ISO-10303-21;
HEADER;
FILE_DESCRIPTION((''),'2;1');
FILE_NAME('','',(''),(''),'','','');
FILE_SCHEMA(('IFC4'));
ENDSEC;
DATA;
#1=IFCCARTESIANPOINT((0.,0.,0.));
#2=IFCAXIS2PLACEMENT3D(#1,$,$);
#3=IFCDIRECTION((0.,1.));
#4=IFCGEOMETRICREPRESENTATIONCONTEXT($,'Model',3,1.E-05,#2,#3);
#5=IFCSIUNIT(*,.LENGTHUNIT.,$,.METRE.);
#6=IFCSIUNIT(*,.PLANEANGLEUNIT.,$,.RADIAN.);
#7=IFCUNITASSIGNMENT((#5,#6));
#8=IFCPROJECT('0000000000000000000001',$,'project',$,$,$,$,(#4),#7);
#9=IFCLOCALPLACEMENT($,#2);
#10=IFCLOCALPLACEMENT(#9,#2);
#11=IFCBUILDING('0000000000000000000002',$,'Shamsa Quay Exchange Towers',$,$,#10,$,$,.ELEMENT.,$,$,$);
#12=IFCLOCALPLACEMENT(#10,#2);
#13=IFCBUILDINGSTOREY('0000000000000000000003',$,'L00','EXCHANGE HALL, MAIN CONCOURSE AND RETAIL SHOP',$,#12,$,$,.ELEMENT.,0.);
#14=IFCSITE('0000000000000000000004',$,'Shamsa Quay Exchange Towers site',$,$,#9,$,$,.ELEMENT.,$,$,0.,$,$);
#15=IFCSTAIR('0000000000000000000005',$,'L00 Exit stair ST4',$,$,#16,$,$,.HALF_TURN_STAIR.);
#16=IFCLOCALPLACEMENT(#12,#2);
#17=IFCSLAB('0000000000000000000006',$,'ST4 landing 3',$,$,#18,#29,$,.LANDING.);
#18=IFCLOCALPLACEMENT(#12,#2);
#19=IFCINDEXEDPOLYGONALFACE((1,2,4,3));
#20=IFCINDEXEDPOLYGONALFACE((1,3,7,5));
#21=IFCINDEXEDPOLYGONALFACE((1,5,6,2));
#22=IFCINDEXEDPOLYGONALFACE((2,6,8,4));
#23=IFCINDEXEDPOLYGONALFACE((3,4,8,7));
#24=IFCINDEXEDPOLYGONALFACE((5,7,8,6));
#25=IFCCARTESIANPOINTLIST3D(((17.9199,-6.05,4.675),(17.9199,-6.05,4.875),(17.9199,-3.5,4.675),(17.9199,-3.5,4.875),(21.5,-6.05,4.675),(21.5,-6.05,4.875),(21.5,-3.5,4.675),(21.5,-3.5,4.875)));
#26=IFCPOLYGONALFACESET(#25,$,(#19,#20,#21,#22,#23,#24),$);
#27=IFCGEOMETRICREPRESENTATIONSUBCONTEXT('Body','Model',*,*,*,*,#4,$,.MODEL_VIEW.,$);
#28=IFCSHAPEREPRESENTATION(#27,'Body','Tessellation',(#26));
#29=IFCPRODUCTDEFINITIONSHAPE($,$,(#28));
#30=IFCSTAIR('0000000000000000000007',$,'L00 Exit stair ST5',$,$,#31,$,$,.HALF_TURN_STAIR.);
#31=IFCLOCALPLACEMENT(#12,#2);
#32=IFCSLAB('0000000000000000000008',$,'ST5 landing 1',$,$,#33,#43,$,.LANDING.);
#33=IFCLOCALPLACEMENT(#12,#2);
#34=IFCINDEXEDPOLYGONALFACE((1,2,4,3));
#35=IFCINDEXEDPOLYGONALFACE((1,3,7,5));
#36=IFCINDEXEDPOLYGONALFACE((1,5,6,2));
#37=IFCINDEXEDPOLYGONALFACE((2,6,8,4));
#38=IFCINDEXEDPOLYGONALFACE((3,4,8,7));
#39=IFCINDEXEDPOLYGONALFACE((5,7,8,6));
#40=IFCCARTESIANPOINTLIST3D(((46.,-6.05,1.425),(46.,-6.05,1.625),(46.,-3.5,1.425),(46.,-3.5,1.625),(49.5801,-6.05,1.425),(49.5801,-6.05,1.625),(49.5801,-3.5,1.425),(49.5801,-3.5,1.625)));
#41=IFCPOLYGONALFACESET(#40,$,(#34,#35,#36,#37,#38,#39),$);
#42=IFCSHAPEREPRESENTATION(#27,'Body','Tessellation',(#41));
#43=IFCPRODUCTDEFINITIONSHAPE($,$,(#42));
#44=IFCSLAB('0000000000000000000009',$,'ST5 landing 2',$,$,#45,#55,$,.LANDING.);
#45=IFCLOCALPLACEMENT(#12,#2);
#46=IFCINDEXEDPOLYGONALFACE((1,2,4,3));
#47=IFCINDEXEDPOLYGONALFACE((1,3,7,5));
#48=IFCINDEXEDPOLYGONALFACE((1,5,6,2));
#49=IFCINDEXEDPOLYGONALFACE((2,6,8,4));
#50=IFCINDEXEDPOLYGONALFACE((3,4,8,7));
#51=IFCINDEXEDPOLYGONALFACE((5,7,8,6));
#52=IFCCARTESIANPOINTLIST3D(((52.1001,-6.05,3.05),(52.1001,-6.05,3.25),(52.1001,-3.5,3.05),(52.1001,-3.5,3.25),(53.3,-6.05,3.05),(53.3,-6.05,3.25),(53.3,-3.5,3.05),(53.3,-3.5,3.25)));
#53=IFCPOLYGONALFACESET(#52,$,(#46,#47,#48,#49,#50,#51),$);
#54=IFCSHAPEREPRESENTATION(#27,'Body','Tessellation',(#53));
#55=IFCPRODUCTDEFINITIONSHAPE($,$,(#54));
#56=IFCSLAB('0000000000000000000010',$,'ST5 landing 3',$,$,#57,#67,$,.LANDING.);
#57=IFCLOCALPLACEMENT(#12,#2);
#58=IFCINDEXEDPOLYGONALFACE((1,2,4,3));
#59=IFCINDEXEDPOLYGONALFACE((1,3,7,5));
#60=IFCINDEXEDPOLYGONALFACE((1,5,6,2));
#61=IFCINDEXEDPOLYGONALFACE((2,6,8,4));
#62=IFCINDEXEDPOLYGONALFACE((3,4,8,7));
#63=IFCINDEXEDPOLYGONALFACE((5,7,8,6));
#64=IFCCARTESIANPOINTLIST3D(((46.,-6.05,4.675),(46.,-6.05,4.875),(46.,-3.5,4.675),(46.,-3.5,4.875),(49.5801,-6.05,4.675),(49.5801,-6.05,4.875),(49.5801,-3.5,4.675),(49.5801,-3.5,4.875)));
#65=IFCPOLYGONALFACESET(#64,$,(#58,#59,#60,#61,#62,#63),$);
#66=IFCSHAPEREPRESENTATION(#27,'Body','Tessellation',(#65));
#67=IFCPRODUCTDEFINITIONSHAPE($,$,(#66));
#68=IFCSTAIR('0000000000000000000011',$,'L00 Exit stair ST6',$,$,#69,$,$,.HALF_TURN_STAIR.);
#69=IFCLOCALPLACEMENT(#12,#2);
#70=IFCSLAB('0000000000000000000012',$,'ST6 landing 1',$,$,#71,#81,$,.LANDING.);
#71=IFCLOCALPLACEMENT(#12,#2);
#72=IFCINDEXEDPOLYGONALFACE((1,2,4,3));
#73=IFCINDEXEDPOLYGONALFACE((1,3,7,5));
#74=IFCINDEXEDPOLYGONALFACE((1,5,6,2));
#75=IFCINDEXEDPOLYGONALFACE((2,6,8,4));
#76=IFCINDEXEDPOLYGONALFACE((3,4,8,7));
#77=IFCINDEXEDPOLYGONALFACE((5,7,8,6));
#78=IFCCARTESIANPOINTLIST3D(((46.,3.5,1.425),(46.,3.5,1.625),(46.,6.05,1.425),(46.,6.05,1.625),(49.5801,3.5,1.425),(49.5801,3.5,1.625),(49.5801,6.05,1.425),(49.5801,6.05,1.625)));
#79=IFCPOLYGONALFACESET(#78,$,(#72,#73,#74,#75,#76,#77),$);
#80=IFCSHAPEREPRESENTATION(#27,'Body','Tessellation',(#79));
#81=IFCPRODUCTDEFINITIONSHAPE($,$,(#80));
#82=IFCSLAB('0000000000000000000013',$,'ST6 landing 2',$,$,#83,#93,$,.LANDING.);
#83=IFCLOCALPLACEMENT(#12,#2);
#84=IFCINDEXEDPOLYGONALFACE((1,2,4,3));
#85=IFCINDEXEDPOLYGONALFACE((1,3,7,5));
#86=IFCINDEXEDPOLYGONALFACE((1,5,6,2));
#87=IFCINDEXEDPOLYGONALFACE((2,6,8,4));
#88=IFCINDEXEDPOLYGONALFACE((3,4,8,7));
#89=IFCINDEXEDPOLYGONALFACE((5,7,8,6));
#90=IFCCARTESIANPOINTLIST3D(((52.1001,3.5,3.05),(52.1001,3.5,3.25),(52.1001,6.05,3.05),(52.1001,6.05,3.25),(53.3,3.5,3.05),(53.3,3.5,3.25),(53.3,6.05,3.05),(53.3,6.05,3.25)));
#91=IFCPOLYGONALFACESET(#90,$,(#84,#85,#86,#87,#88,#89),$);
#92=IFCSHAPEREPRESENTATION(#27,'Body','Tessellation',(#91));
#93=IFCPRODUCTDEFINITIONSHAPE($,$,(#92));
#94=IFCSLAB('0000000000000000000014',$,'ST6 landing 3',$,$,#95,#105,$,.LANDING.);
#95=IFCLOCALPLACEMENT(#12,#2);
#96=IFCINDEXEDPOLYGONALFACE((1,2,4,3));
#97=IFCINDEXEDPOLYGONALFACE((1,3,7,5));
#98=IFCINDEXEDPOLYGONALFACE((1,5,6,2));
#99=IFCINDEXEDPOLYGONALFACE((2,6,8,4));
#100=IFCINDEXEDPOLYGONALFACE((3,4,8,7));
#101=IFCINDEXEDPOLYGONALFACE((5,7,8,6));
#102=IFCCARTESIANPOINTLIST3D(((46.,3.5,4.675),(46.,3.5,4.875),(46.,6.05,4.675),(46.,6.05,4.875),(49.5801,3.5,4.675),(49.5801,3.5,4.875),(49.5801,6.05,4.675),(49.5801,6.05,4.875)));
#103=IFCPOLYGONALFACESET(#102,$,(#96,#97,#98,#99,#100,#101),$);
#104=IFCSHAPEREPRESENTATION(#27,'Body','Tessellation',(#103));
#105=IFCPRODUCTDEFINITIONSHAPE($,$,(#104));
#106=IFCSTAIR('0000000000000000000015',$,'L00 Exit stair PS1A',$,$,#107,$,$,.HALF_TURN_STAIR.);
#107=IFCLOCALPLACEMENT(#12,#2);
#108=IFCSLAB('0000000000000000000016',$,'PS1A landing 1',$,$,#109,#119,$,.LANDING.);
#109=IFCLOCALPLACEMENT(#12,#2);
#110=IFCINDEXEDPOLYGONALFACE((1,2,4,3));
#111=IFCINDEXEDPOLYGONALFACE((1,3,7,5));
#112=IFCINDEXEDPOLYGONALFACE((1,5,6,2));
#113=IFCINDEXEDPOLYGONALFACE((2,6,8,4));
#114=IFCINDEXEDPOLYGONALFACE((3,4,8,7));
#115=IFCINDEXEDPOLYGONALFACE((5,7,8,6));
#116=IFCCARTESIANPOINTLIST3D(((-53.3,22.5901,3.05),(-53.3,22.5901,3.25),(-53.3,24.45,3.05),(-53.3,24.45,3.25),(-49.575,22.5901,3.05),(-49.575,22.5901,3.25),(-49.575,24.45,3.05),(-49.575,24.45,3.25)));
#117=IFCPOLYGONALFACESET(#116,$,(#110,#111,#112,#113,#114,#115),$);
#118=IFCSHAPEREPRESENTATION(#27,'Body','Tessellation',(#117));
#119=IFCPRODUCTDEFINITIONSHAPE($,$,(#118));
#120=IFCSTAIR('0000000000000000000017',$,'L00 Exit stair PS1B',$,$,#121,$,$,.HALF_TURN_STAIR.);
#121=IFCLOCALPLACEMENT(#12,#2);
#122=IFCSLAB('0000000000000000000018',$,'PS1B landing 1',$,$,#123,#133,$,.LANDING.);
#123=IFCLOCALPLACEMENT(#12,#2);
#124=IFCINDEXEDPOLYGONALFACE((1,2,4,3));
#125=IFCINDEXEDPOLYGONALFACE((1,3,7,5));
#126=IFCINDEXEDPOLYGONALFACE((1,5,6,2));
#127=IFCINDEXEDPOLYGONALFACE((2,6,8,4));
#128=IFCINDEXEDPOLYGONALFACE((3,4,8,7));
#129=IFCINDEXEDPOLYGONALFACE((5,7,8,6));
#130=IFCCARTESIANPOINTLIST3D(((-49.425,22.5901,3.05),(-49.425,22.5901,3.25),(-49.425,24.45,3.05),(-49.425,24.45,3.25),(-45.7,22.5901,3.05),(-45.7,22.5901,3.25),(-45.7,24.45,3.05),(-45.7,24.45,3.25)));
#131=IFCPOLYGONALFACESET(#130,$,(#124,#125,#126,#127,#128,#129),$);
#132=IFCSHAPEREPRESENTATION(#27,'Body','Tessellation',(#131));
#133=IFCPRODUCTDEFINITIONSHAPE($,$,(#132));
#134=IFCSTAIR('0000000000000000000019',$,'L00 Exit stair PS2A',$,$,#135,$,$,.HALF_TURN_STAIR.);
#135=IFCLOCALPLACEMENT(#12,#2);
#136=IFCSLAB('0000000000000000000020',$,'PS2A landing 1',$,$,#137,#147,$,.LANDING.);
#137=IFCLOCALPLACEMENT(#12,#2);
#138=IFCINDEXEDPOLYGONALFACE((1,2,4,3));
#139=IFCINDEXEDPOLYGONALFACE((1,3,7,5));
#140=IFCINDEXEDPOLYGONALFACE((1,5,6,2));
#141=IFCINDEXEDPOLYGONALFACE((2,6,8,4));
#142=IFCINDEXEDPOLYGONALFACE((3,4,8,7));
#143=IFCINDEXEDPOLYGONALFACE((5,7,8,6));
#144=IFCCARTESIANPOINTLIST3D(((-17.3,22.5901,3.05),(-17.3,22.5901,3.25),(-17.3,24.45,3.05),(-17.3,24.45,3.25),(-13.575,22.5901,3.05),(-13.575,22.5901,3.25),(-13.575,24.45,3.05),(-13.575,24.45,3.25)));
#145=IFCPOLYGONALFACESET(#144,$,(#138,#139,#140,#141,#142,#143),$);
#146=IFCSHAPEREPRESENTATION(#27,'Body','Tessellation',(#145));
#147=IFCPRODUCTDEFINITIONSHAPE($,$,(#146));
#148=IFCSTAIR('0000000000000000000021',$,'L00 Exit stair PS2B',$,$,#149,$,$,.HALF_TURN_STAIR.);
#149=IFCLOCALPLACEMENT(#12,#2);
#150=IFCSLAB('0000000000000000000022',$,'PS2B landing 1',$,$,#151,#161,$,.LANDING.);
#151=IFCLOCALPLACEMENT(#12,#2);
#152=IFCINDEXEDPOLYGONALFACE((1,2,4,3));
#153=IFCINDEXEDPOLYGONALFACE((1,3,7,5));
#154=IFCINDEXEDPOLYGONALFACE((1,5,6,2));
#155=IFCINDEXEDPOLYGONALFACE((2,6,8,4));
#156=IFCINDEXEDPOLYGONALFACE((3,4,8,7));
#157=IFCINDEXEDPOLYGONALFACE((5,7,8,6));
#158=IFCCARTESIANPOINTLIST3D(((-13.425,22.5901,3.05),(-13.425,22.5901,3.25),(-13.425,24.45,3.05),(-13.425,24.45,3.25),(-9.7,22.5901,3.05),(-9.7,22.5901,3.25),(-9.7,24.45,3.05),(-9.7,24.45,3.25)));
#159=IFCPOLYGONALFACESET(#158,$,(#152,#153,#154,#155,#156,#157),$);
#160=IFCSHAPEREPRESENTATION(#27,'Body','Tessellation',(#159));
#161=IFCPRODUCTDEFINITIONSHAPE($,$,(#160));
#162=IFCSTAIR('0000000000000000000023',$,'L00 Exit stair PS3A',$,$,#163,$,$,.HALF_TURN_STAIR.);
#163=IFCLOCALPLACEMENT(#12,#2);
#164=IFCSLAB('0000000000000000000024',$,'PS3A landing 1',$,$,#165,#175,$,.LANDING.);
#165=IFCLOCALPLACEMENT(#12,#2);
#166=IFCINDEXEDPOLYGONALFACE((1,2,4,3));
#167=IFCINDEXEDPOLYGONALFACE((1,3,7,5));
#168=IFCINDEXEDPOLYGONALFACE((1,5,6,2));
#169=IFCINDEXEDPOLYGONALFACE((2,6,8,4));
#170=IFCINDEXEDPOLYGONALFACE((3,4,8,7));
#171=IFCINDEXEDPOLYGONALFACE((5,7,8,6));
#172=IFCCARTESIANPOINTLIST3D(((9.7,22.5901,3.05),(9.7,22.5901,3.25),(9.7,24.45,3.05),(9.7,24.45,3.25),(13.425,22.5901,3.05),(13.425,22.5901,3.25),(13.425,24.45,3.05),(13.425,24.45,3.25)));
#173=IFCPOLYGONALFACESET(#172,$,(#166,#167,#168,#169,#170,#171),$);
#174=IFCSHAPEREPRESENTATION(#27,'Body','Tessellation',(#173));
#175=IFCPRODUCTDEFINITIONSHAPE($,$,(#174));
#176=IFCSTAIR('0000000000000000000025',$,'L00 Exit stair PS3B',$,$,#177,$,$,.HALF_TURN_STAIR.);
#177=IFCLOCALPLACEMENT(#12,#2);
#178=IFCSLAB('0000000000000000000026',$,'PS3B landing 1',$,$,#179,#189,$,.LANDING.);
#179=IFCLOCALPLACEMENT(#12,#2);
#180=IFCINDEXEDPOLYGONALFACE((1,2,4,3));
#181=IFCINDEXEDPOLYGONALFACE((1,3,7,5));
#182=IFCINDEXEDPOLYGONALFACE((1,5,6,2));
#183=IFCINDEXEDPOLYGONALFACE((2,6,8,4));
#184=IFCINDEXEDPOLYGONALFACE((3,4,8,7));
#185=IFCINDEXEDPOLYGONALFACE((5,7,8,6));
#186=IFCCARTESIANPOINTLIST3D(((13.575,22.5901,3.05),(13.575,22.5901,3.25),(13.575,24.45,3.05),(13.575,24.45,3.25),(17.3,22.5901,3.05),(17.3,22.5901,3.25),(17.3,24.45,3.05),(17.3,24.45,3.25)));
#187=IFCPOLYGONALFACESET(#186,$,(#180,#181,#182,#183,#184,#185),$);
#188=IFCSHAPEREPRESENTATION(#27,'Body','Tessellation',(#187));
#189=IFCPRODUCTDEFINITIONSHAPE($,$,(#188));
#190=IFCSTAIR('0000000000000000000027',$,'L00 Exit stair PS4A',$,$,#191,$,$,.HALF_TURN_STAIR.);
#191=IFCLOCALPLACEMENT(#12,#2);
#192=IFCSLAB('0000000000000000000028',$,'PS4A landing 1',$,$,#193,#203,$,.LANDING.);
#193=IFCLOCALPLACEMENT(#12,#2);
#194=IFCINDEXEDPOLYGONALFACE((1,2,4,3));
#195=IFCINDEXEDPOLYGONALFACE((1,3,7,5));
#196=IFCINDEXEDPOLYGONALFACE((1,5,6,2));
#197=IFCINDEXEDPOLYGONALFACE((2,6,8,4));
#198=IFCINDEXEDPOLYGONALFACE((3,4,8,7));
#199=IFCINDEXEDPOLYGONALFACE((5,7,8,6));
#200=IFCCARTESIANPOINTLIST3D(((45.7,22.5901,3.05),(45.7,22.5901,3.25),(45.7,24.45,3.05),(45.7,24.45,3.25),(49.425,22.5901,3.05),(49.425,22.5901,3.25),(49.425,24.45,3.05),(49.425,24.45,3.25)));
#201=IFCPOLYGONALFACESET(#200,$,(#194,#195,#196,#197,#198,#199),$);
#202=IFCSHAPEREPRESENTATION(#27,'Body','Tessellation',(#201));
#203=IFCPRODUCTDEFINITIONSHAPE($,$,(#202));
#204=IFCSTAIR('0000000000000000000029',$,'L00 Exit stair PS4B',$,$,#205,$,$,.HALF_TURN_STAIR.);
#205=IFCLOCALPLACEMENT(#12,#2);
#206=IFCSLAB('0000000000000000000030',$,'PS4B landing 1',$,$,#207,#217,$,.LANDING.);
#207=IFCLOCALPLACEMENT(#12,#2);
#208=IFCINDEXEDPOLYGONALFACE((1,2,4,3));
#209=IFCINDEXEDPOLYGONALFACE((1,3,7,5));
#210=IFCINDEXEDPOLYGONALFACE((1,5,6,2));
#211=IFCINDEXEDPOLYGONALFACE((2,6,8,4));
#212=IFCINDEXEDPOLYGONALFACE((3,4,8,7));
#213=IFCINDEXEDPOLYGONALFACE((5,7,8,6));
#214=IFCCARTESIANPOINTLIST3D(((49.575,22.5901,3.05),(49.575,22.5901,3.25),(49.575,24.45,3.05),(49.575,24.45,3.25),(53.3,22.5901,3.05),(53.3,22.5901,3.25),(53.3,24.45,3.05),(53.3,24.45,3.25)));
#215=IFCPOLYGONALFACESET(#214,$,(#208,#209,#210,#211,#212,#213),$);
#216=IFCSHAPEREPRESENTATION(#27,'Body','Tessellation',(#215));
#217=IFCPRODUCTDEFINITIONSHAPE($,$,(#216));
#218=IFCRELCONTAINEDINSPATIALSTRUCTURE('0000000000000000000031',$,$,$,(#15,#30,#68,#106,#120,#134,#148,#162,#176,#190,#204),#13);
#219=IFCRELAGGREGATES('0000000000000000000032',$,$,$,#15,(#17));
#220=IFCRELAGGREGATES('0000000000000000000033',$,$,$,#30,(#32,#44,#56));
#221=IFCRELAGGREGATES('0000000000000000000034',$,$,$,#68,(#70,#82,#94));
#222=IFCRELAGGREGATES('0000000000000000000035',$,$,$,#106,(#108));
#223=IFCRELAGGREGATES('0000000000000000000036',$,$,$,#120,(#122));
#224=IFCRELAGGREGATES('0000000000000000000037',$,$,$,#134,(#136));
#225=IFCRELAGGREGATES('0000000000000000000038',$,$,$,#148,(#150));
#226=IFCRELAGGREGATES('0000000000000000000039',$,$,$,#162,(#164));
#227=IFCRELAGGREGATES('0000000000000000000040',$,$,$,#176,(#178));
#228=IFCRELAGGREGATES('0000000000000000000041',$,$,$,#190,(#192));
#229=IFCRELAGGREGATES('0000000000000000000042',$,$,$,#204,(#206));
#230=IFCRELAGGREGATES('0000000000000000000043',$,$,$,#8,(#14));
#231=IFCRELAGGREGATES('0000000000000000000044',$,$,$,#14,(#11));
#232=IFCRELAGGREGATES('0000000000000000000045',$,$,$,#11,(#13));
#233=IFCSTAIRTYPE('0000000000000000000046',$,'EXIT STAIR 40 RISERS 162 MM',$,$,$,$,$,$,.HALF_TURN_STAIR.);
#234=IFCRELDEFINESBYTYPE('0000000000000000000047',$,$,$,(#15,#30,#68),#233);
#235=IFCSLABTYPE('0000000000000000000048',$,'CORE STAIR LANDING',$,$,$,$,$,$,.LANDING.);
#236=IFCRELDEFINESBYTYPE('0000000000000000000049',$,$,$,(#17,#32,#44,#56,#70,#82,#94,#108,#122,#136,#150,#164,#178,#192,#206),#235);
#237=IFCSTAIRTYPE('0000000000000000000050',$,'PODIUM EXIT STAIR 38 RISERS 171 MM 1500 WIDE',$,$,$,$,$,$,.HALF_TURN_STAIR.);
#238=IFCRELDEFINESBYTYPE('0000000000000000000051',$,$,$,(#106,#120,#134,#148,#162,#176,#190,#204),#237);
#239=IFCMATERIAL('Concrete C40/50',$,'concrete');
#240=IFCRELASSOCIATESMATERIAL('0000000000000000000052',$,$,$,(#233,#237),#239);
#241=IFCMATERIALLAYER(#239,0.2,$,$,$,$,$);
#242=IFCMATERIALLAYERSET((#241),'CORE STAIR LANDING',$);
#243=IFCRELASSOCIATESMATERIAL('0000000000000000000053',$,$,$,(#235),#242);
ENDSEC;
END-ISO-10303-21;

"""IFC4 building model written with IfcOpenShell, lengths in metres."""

from ifc_helpers import new_model, si_unit, direction, frame, origin, place, context, subcontext, project, spatial, polyline, outline, extrude, material, layer, layer_set, type_object, element, aggregate, save


model = new_model("IFC4")

# Units and contexts
model_context = context("Model", 3, precision=1e-05, world=origin(), true_north=direction((0.0, 1.0)))
body_context = subcontext(model_context, "Body", "Model", "MODEL_VIEW")
ifc_project = project(units=[si_unit("LENGTHUNIT", "METRE"), si_unit("PLANEANGLEUNIT", "RADIAN")], contexts=[model_context])

# Site, building, storey
site_placement = place(None, origin())
site = spatial("IfcSite", under=ifc_project, at=site_placement, Name="Shamsa Quay Exchange Towers site", CompositionType="ELEMENT", RefElevation=0.0)
building_placement = place(site_placement, origin())
building = spatial("IfcBuilding", under=site, at=building_placement, Name="Shamsa Quay Exchange Towers", CompositionType="ELEMENT")
storey_placement = place(building_placement, origin())
storey = spatial("IfcBuildingStorey", under=building, at=storey_placement, Name="L00", Description="EXCHANGE HALL, MAIN CONCOURSE AND RETAIL SHOP", CompositionType="ELEMENT", Elevation=0.0)

# Shared definitions
ifc_material_1 = material(Name="Concrete C40/50", Category="concrete")

# Stairs, slabs
stair_type_1 = type_object("IfcStairType", Name="EXIT STAIR 40 RISERS 162 MM", PredefinedType="HALF_TURN_STAIR", material=ifc_material_1)
ifc_layer_1 = layer(ifc_material_1, 0.2)
ifc_layer_set_1 = layer_set([ifc_layer_1], Name="CORE STAIR LANDING")
slab_type_1 = type_object("IfcSlabType", Name="CORE STAIR LANDING", PredefinedType="LANDING", material=ifc_layer_set_1)
stair_1_placement = place(storey_placement, origin())
stair_1 = element("IfcStair", 1, at=stair_1_placement, inside=storey, type_object=stair_type_1, Name="L00 Exit stair ST4", PredefinedType="HALF_TURN_STAIR")
slab_1_placement = place(storey_placement, frame((0.0, 0.0, 4.675)))
slab_1 = element("IfcSlab", 2, at=slab_1_placement, type_object=slab_type_1, Name="ST4 landing 3", PredefinedType="LANDING", context=body_context, shape_type="SweptSolid", body=[
    extrude(outline(polyline([(17.9199, -6.05), (21.5, -6.05), (21.5, -3.5), (17.9199, -3.5), (17.9199, -6.05)])), origin(), (0.0, 0.0, 1.0), 0.2),
])
aggregate(stair_1, [slab_1])
stair_2_placement = place(storey_placement, origin())
stair_2 = element("IfcStair", 3, at=stair_2_placement, inside=storey, type_object=stair_type_1, Name="L00 Exit stair ST5", PredefinedType="HALF_TURN_STAIR")
slab_2_placement = place(storey_placement, frame((0.0, 0.0, 1.425)))
slab_2 = element("IfcSlab", 4, at=slab_2_placement, type_object=slab_type_1, Name="ST5 landing 1", PredefinedType="LANDING", context=body_context, shape_type="SweptSolid", body=[
    extrude(outline(polyline([(49.5801, -3.5), (46.0, -3.5), (46.0, -6.05), (49.5801, -6.05), (49.5801, -3.5)])), origin(), (0.0, 0.0, 1.0), 0.2),
])
slab_3_placement = place(storey_placement, frame((0.0, 0.0, 3.05)))
slab_3 = element("IfcSlab", 5, at=slab_3_placement, type_object=slab_type_1, Name="ST5 landing 2", PredefinedType="LANDING", context=body_context, shape_type="SweptSolid", body=[
    extrude(outline(polyline([(53.3, -3.5), (52.1001, -3.5), (52.1001, -6.05), (53.3, -6.05), (53.3, -3.5)])), origin(), (0.0, 0.0, 1.0), 0.2),
])
slab_4_placement = place(storey_placement, frame((0.0, 0.0, 4.675)))
slab_4 = element("IfcSlab", 6, at=slab_4_placement, type_object=slab_type_1, Name="ST5 landing 3", PredefinedType="LANDING", context=body_context, shape_type="SweptSolid", body=[
    extrude(outline(polyline([(49.5801, -3.5), (46.0, -3.5), (46.0, -6.05), (49.5801, -6.05), (49.5801, -3.5)])), origin(), (0.0, 0.0, 1.0), 0.2),
])
aggregate(stair_2, [slab_2, slab_3, slab_4])
stair_3_placement = place(storey_placement, origin())
stair_3 = element("IfcStair", 7, at=stair_3_placement, inside=storey, type_object=stair_type_1, Name="L00 Exit stair ST6", PredefinedType="HALF_TURN_STAIR")
slab_5_placement = place(storey_placement, frame((0.0, 0.0, 1.425)))
slab_5 = element("IfcSlab", 8, at=slab_5_placement, type_object=slab_type_1, Name="ST6 landing 1", PredefinedType="LANDING", context=body_context, shape_type="SweptSolid", body=[
    extrude(outline(polyline([(49.5801, 6.05), (46.0, 6.05), (46.0, 3.5), (49.5801, 3.5), (49.5801, 6.05)])), origin(), (0.0, 0.0, 1.0), 0.2),
])
slab_6_placement = place(storey_placement, frame((0.0, 0.0, 3.05)))
slab_6 = element("IfcSlab", 9, at=slab_6_placement, type_object=slab_type_1, Name="ST6 landing 2", PredefinedType="LANDING", context=body_context, shape_type="SweptSolid", body=[
    extrude(outline(polyline([(53.3, 6.05), (52.1001, 6.05), (52.1001, 3.5), (53.3, 3.5), (53.3, 6.05)])), origin(), (0.0, 0.0, 1.0), 0.2),
])
slab_7_placement = place(storey_placement, frame((0.0, 0.0, 4.675)))
slab_7 = element("IfcSlab", 10, at=slab_7_placement, type_object=slab_type_1, Name="ST6 landing 3", PredefinedType="LANDING", context=body_context, shape_type="SweptSolid", body=[
    extrude(outline(polyline([(49.5801, 6.05), (46.0, 6.05), (46.0, 3.5), (49.5801, 3.5), (49.5801, 6.05)])), origin(), (0.0, 0.0, 1.0), 0.2),
])
aggregate(stair_3, [slab_5, slab_6, slab_7])

# Stairs, slabs
stair_type_2 = type_object("IfcStairType", Name="PODIUM EXIT STAIR 38 RISERS 171 MM 1500 WIDE", PredefinedType="HALF_TURN_STAIR", material=ifc_material_1)
stair_4_placement = place(storey_placement, origin())
stair_4 = element("IfcStair", 11, at=stair_4_placement, inside=storey, type_object=stair_type_2, Name="L00 Exit stair PS1A", PredefinedType="HALF_TURN_STAIR")
slab_8_placement = place(storey_placement, frame((0.0, 0.0, 3.05)))
slab_8 = element("IfcSlab", 12, at=slab_8_placement, type_object=slab_type_1, Name="PS1A landing 1", PredefinedType="LANDING", context=body_context, shape_type="SweptSolid", body=[
    extrude(outline(polyline([(-49.575, 22.5901), (-49.575, 24.45), (-53.3, 24.45), (-53.3, 22.5901), (-49.575, 22.5901)])), origin(), (0.0, 0.0, 1.0), 0.2),
])
aggregate(stair_4, [slab_8])
stair_5_placement = place(storey_placement, origin())
stair_5 = element("IfcStair", 13, at=stair_5_placement, inside=storey, type_object=stair_type_2, Name="L00 Exit stair PS1B", PredefinedType="HALF_TURN_STAIR")
slab_9_placement = place(storey_placement, frame((0.0, 0.0, 3.05)))
slab_9 = element("IfcSlab", 14, at=slab_9_placement, type_object=slab_type_1, Name="PS1B landing 1", PredefinedType="LANDING", context=body_context, shape_type="SweptSolid", body=[
    extrude(outline(polyline([(-45.7, 22.5901), (-45.7, 24.45), (-49.425, 24.45), (-49.425, 22.5901), (-45.7, 22.5901)])), origin(), (0.0, 0.0, 1.0), 0.2),
])
aggregate(stair_5, [slab_9])
stair_6_placement = place(storey_placement, origin())
stair_6 = element("IfcStair", 15, at=stair_6_placement, inside=storey, type_object=stair_type_2, Name="L00 Exit stair PS2A", PredefinedType="HALF_TURN_STAIR")
slab_10_placement = place(storey_placement, frame((0.0, 0.0, 3.05)))
slab_10 = element("IfcSlab", 16, at=slab_10_placement, type_object=slab_type_1, Name="PS2A landing 1", PredefinedType="LANDING", context=body_context, shape_type="SweptSolid", body=[
    extrude(outline(polyline([(-13.575, 22.5901), (-13.575, 24.45), (-17.3, 24.45), (-17.3, 22.5901), (-13.575, 22.5901)])), origin(), (0.0, 0.0, 1.0), 0.2),
])
aggregate(stair_6, [slab_10])
stair_7_placement = place(storey_placement, origin())
stair_7 = element("IfcStair", 17, at=stair_7_placement, inside=storey, type_object=stair_type_2, Name="L00 Exit stair PS2B", PredefinedType="HALF_TURN_STAIR")
slab_11_placement = place(storey_placement, frame((0.0, 0.0, 3.05)))
slab_11 = element("IfcSlab", 18, at=slab_11_placement, type_object=slab_type_1, Name="PS2B landing 1", PredefinedType="LANDING", context=body_context, shape_type="SweptSolid", body=[
    extrude(outline(polyline([(-9.7, 22.5901), (-9.7, 24.45), (-13.425, 24.45), (-13.425, 22.5901), (-9.7, 22.5901)])), origin(), (0.0, 0.0, 1.0), 0.2),
])
aggregate(stair_7, [slab_11])
stair_8_placement = place(storey_placement, origin())
stair_8 = element("IfcStair", 19, at=stair_8_placement, inside=storey, type_object=stair_type_2, Name="L00 Exit stair PS3A", PredefinedType="HALF_TURN_STAIR")
slab_12_placement = place(storey_placement, frame((0.0, 0.0, 3.05)))
slab_12 = element("IfcSlab", 20, at=slab_12_placement, type_object=slab_type_1, Name="PS3A landing 1", PredefinedType="LANDING", context=body_context, shape_type="SweptSolid", body=[
    extrude(outline(polyline([(13.425, 22.5901), (13.425, 24.45), (9.7, 24.45), (9.7, 22.5901), (13.425, 22.5901)])), origin(), (0.0, 0.0, 1.0), 0.2),
])
aggregate(stair_8, [slab_12])
stair_9_placement = place(storey_placement, origin())
stair_9 = element("IfcStair", 21, at=stair_9_placement, inside=storey, type_object=stair_type_2, Name="L00 Exit stair PS3B", PredefinedType="HALF_TURN_STAIR")
slab_13_placement = place(storey_placement, frame((0.0, 0.0, 3.05)))
slab_13 = element("IfcSlab", 22, at=slab_13_placement, type_object=slab_type_1, Name="PS3B landing 1", PredefinedType="LANDING", context=body_context, shape_type="SweptSolid", body=[
    extrude(outline(polyline([(17.3, 22.5901), (17.3, 24.45), (13.575, 24.45), (13.575, 22.5901), (17.3, 22.5901)])), origin(), (0.0, 0.0, 1.0), 0.2),
])
aggregate(stair_9, [slab_13])
stair_10_placement = place(storey_placement, origin())
stair_10 = element("IfcStair", 23, at=stair_10_placement, inside=storey, type_object=stair_type_2, Name="L00 Exit stair PS4A", PredefinedType="HALF_TURN_STAIR")
slab_14_placement = place(storey_placement, frame((0.0, 0.0, 3.05)))
slab_14 = element("IfcSlab", 24, at=slab_14_placement, type_object=slab_type_1, Name="PS4A landing 1", PredefinedType="LANDING", context=body_context, shape_type="SweptSolid", body=[
    extrude(outline(polyline([(49.425, 22.5901), (49.425, 24.45), (45.7, 24.45), (45.7, 22.5901), (49.425, 22.5901)])), origin(), (0.0, 0.0, 1.0), 0.2),
])
aggregate(stair_10, [slab_14])
stair_11_placement = place(storey_placement, origin())
stair_11 = element("IfcStair", 25, at=stair_11_placement, inside=storey, type_object=stair_type_2, Name="L00 Exit stair PS4B", PredefinedType="HALF_TURN_STAIR")
slab_15_placement = place(storey_placement, frame((0.0, 0.0, 3.05)))
slab_15 = element("IfcSlab", 26, at=slab_15_placement, type_object=slab_type_1, Name="PS4B landing 1", PredefinedType="LANDING", context=body_context, shape_type="SweptSolid", body=[
    extrude(outline(polyline([(53.3, 22.5901), (53.3, 24.45), (49.575, 24.45), (49.575, 22.5901), (53.3, 22.5901)])), origin(), (0.0, 0.0, 1.0), 0.2),
])
aggregate(stair_11, [slab_15])

save(model, "model.ifc")
